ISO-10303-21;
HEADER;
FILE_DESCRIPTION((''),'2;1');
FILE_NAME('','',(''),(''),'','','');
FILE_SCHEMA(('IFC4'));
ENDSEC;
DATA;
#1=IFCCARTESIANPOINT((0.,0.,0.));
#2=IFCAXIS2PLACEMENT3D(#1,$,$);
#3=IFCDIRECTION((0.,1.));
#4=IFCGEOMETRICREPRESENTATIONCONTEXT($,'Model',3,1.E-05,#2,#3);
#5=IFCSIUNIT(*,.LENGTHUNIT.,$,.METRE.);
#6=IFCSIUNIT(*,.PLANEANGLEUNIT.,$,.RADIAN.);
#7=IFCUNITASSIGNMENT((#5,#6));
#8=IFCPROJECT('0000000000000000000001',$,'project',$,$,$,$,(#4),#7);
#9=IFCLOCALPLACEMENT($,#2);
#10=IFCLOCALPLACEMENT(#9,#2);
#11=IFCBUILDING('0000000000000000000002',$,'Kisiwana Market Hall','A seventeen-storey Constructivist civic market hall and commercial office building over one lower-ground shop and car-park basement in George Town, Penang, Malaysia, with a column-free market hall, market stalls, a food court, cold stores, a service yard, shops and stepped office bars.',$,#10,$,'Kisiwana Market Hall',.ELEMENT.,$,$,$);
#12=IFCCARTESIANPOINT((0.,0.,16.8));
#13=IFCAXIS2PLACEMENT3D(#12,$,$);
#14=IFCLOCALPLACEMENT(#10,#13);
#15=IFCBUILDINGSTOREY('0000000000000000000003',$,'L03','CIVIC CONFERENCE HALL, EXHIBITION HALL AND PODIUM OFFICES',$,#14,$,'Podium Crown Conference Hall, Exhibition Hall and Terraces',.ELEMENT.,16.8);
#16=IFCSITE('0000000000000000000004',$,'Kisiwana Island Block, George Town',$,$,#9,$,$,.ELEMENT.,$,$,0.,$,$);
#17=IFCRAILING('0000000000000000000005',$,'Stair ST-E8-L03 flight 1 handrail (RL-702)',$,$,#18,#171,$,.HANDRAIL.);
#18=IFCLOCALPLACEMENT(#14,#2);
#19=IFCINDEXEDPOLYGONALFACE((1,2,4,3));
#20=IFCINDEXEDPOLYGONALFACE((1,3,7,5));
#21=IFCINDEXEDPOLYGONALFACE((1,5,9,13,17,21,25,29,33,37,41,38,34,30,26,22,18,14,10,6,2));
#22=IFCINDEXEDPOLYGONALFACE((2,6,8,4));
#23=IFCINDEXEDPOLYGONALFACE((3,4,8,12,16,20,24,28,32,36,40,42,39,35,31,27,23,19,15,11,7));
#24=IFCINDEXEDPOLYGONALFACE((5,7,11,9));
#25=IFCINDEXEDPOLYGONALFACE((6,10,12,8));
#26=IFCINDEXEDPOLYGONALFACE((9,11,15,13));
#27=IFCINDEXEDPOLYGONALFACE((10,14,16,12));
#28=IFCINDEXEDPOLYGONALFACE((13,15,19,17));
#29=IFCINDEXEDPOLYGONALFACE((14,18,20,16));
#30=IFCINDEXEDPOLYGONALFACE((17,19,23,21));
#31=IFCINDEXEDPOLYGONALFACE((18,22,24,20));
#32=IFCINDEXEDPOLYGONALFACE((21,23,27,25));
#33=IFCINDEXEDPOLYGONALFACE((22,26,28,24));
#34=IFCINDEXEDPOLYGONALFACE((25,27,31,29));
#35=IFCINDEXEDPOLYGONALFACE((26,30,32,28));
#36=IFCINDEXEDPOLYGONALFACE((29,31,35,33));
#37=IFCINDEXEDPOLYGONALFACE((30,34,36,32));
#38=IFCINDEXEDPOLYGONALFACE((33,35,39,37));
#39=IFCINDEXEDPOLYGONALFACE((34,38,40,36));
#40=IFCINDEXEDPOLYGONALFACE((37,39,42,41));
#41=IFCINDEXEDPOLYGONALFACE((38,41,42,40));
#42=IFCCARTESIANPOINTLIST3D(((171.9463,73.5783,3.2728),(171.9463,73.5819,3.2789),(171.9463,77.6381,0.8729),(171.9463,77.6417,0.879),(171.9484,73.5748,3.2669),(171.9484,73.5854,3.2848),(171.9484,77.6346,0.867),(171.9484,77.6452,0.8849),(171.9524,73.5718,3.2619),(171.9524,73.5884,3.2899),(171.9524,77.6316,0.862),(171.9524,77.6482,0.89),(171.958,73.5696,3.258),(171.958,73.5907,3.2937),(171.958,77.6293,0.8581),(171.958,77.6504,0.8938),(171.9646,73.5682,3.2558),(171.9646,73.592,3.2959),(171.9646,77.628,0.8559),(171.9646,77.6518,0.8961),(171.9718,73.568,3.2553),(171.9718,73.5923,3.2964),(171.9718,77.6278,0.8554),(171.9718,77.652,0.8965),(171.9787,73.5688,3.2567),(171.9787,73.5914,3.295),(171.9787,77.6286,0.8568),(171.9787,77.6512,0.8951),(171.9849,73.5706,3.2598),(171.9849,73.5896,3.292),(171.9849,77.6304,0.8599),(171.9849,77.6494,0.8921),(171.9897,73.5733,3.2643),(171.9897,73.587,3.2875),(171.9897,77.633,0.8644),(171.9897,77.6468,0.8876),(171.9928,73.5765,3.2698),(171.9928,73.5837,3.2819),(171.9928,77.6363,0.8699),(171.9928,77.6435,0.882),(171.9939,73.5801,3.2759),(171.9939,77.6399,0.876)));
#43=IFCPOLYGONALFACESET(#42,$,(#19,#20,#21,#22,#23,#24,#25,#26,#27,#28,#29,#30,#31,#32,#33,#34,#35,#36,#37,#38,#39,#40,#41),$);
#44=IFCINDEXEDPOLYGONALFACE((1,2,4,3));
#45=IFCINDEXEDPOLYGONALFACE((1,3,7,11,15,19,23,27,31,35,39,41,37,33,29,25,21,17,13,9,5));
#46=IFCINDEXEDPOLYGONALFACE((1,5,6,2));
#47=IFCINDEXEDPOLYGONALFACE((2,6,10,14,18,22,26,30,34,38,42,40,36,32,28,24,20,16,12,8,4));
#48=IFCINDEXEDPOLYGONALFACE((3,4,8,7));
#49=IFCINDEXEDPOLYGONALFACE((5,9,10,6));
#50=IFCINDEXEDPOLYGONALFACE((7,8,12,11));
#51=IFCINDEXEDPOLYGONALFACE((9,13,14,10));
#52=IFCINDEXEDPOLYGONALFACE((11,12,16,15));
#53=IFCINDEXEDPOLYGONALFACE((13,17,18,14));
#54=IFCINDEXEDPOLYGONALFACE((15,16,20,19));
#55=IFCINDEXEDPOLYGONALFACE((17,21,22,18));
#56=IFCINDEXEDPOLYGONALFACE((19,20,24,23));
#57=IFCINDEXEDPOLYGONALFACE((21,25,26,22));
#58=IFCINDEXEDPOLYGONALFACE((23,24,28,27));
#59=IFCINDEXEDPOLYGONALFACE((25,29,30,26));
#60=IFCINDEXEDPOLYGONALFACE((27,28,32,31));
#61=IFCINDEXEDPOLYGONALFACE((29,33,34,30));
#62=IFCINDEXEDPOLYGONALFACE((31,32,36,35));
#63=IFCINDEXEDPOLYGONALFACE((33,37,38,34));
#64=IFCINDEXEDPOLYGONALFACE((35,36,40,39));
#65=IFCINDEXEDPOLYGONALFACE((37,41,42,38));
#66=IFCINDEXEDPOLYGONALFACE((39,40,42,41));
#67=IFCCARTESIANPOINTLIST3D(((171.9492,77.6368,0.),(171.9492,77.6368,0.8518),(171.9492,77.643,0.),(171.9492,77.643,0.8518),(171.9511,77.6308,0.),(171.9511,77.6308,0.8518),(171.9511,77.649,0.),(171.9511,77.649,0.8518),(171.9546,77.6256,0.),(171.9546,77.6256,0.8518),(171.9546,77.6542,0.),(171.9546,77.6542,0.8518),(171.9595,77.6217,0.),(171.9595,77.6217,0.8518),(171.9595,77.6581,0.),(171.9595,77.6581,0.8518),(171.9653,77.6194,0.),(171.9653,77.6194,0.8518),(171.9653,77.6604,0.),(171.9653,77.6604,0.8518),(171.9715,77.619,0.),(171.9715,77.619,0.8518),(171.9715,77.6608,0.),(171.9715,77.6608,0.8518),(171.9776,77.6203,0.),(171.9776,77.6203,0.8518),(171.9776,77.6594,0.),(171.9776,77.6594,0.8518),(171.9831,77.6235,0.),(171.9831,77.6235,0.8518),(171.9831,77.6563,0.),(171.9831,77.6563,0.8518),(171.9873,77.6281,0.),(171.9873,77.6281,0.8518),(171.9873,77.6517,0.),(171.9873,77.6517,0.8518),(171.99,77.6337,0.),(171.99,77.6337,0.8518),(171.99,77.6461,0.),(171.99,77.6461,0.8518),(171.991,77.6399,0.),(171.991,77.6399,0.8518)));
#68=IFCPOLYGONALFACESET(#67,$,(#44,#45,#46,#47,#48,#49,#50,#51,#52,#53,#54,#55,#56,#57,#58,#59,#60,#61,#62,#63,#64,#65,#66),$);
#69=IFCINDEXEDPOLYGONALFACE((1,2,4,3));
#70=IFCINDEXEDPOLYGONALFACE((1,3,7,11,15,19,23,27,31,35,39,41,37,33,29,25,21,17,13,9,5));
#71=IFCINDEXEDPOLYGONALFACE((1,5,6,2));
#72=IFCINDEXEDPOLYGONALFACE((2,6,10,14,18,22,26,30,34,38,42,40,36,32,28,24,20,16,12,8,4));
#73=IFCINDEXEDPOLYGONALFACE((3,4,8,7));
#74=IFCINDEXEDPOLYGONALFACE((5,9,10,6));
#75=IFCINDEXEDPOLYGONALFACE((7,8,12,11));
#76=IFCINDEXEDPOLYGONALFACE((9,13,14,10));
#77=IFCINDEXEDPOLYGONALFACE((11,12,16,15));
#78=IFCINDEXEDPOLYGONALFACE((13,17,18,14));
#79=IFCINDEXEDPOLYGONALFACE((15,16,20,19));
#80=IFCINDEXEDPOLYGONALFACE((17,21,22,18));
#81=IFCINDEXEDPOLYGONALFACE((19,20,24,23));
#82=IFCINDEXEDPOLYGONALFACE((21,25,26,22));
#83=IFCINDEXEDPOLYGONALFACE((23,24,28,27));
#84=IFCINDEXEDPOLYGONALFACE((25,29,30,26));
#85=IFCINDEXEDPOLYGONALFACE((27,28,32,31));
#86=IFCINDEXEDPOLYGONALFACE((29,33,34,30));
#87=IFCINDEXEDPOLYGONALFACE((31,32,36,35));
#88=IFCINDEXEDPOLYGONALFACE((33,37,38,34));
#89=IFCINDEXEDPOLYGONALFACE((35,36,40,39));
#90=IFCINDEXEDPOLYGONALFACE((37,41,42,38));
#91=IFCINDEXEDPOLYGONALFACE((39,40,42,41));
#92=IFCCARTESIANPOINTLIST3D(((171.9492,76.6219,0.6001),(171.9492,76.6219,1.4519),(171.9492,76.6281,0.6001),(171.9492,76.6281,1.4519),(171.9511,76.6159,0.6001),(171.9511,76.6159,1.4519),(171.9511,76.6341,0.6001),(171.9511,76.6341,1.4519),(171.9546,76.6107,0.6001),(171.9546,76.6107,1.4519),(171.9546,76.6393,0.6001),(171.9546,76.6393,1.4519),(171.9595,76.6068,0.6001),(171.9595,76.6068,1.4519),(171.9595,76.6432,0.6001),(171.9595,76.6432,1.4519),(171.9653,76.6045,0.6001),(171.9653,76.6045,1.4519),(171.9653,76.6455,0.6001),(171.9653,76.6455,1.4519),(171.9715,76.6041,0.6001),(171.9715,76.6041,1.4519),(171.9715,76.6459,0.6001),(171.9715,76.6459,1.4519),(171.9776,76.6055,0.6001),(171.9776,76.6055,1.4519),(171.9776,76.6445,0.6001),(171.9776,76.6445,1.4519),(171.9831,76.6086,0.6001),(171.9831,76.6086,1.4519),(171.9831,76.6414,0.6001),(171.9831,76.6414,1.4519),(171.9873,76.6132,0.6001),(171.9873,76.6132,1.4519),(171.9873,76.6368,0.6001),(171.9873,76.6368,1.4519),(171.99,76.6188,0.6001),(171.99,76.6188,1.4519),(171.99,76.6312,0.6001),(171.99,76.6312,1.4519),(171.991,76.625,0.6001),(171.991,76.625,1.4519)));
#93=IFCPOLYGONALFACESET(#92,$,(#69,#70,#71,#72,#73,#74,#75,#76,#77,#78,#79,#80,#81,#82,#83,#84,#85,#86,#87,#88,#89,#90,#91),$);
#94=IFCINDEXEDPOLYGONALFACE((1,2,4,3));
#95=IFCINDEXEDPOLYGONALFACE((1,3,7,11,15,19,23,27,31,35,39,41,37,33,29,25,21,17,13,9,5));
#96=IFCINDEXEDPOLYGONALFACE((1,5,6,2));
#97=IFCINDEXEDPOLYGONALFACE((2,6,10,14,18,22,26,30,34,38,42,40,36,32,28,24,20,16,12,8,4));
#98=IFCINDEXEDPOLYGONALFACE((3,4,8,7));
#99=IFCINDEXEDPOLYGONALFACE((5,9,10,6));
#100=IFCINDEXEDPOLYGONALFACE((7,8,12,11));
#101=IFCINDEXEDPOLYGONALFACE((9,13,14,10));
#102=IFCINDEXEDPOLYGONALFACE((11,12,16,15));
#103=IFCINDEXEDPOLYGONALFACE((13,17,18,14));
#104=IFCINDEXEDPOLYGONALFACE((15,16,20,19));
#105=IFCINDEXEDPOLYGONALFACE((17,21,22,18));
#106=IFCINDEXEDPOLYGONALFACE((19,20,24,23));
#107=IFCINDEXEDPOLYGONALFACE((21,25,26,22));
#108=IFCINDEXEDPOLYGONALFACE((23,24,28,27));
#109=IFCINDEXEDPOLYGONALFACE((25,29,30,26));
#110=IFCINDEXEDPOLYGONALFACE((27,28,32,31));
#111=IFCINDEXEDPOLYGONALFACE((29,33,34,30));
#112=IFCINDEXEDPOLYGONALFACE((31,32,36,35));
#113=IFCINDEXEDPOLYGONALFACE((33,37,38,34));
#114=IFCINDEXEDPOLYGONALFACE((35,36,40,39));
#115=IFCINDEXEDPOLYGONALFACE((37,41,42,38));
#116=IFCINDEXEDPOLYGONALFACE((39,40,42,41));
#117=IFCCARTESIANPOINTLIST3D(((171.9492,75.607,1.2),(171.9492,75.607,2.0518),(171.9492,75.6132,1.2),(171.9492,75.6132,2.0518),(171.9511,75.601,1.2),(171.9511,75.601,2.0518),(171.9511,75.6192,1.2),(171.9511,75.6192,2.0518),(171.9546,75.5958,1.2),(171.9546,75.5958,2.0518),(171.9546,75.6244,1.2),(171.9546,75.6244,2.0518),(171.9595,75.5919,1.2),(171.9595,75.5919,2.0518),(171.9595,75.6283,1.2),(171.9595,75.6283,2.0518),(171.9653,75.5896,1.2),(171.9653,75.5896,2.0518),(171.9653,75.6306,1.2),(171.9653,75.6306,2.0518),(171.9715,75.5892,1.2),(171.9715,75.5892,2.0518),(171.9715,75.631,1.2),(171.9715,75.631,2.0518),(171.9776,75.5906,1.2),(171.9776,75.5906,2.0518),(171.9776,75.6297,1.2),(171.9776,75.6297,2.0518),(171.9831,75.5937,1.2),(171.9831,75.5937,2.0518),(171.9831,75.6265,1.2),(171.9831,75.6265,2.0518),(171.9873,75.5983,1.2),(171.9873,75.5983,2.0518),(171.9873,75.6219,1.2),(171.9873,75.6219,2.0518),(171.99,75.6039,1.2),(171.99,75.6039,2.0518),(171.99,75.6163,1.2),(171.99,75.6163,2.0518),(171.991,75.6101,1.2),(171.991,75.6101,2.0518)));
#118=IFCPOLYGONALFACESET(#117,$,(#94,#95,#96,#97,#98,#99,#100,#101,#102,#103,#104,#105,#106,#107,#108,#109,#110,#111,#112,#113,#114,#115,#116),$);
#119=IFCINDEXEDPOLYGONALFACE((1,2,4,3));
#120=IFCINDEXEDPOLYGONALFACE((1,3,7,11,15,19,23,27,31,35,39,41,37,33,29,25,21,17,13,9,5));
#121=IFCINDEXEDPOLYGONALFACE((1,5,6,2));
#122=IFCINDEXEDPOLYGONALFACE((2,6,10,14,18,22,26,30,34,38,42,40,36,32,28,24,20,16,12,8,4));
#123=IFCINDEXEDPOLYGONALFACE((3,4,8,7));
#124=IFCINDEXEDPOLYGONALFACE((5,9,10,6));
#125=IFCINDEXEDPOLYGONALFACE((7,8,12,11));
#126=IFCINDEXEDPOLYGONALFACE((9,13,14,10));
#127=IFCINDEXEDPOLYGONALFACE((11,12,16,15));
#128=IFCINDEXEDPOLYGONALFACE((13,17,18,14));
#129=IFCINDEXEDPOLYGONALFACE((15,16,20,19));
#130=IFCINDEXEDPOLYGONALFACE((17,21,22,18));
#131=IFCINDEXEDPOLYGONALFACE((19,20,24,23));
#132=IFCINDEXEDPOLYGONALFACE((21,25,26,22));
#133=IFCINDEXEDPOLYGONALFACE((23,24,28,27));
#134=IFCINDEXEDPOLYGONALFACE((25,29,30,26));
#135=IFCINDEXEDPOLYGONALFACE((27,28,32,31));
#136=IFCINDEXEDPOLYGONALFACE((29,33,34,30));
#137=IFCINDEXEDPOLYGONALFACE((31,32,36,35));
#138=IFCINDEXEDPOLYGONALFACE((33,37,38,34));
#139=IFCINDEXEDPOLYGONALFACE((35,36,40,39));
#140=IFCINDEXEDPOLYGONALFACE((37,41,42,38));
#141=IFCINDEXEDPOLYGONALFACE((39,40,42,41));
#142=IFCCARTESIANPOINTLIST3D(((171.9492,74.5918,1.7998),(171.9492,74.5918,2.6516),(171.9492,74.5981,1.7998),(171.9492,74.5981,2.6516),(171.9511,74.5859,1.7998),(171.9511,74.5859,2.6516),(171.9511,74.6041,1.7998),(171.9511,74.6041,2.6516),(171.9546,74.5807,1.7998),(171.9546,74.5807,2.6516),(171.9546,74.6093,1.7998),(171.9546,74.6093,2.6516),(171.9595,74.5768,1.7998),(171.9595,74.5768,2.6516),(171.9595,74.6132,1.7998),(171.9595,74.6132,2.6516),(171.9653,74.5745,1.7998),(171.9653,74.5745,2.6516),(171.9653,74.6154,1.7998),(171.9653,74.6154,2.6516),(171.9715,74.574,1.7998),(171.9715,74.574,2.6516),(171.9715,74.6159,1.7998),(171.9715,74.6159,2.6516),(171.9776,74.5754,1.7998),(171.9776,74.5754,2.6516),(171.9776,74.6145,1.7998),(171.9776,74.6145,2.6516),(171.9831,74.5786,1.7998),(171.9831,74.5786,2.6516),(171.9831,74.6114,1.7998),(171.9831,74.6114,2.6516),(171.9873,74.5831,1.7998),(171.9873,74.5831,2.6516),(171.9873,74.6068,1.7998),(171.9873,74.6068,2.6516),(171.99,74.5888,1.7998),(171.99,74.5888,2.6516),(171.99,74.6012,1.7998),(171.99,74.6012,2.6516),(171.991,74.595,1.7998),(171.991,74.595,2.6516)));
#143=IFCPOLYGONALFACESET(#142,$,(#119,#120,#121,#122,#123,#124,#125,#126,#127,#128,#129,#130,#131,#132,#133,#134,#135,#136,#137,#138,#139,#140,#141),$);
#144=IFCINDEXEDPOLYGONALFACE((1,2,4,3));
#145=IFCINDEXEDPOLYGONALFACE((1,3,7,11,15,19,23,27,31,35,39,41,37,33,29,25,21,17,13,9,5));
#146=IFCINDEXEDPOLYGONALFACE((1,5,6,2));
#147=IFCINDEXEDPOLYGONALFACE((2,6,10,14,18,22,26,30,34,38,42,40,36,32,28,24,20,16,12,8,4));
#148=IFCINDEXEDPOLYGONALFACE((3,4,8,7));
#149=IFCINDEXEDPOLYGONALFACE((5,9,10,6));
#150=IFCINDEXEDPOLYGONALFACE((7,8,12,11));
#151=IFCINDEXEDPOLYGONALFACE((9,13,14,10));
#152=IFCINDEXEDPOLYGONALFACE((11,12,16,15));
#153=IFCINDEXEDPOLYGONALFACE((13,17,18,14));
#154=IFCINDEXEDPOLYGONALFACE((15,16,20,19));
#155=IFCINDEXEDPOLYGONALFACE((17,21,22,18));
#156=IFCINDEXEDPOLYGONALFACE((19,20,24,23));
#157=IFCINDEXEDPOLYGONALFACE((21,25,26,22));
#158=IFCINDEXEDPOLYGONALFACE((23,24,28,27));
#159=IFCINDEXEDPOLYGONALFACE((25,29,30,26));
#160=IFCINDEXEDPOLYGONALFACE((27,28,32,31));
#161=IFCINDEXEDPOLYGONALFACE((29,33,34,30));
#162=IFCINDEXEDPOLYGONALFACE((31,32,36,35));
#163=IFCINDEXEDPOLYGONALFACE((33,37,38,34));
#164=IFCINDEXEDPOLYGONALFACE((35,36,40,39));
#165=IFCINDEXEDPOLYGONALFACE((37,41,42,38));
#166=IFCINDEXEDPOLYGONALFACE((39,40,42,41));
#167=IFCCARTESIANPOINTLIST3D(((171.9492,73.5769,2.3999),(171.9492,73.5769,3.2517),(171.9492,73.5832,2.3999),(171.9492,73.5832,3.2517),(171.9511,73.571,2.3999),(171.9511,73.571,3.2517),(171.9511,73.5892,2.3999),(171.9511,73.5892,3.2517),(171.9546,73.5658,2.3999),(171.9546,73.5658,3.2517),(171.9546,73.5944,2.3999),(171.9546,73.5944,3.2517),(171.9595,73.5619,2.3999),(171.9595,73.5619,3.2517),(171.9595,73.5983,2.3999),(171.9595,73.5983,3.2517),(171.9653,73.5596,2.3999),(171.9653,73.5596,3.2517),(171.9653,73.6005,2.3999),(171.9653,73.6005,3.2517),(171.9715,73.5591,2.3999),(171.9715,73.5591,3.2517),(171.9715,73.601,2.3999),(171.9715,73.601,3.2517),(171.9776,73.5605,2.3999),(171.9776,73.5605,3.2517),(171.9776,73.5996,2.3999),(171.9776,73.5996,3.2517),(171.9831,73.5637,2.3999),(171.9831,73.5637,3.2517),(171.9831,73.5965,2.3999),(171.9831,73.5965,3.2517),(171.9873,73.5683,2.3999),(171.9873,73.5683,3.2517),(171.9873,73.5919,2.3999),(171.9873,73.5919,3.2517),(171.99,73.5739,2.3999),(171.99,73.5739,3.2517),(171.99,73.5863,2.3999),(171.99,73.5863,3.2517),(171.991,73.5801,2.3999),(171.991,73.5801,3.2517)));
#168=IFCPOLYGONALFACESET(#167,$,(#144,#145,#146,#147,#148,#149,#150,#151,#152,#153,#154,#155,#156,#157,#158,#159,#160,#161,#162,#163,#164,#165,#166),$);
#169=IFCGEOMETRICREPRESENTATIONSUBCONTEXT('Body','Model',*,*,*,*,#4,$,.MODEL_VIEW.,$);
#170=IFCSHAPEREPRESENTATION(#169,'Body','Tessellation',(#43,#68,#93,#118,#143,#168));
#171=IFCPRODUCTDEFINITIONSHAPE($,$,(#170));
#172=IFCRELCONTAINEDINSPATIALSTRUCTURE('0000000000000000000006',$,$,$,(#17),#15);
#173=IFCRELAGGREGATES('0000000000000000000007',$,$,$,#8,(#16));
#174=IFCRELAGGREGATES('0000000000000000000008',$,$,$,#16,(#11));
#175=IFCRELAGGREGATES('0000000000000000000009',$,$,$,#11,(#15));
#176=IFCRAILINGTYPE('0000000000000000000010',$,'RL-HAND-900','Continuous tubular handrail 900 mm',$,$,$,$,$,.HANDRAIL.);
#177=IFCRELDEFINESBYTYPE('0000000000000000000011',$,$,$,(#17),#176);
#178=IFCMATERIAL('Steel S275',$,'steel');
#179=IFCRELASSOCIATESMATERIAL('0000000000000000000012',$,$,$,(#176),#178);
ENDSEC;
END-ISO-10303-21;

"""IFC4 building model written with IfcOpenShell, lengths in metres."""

from ifc_helpers import new_model, si_unit, direction, frame, origin, origin_2d, place, context, subcontext, project, spatial, circle, extrude, material, type_object, element, save


model = new_model("IFC4")

# Units and contexts
model_context = context("Model", 3, precision=1e-05, world=origin(), true_north=direction((0.0, 1.0)))
body_context = subcontext(model_context, "Body", "Model", "MODEL_VIEW")
ifc_project = project(units=[si_unit("LENGTHUNIT", "METRE"), si_unit("PLANEANGLEUNIT", "RADIAN")], contexts=[model_context])

# Site, building, storey
site_placement = place(None, origin())
site = spatial("IfcSite", under=ifc_project, at=site_placement, Name="Kisiwana Island Block, George Town", CompositionType="ELEMENT", RefElevation=0.0)
building_placement = place(site_placement, origin())
building = spatial("IfcBuilding", under=site, at=building_placement, Name="Kisiwana Market Hall", Description="A seventeen-storey Constructivist civic market hall and commercial office building over one lower-ground shop and car-park basement in George Town, Penang, Malaysia, with a column-free market hall, market stalls, a food court, cold stores, a service yard, shops and stepped office bars.", LongName="Kisiwana Market Hall", CompositionType="ELEMENT")
storey_placement = place(building_placement, frame((0.0, 0.0, 16.8)))
storey = spatial("IfcBuildingStorey", under=building, at=storey_placement, Name="L03", Description="CIVIC CONFERENCE HALL, EXHIBITION HALL AND PODIUM OFFICES", LongName="Podium Crown Conference Hall, Exhibition Hall and Terraces", CompositionType="ELEMENT", Elevation=16.8)

# Railing
ifc_material_1 = material(Name="Steel S275", Category="steel")
railing_type_1 = type_object("IfcRailingType", Name="RL-HAND-900", Description="Continuous tubular handrail 900 mm", PredefinedType="HANDRAIL", material=ifc_material_1)
for number, where, name in (
    (1, (171.97, 77.6399, 0.0), "Stair ST-E8-L03 flight 1 handrail (RL-702)"),
):
    element("IfcRailing", number, at=place(storey_placement, frame(where)), inside=storey, type_object=railing_type_1, Name=name, PredefinedType="HANDRAIL", context=body_context, shape_type="SweptSolid", body=[
        extrude(circle(Radius=0.0239, at=origin_2d()), frame((0.0, 0.0, 0.876), z_axis=(0.0, -0.860841, 0.508874), x_axis=(1.0, 0.0, 0.0)), (0.0, 0.0, 1.0), 4.7161),
        extrude(circle(Radius=0.021, at=origin_2d()), origin(), (0.0, 0.0, 1.0), 0.8518),
        extrude(circle(Radius=0.021, at=origin_2d()), frame((0.0, -1.0149, 0.6001)), (0.0, 0.0, 1.0), 0.8518),
        extrude(circle(Radius=0.021, at=origin_2d()), frame((0.0, -2.0298, 1.2)), (0.0, 0.0, 1.0), 0.8518),
        extrude(circle(Radius=0.021, at=origin_2d()), frame((0.0, -3.0449, 1.7998)), (0.0, 0.0, 1.0), 0.8518),
        extrude(circle(Radius=0.021, at=origin_2d()), frame((0.0, -4.0598, 2.3999)), (0.0, 0.0, 1.0), 0.8518),
    ])

save(model, "model.ifc")
